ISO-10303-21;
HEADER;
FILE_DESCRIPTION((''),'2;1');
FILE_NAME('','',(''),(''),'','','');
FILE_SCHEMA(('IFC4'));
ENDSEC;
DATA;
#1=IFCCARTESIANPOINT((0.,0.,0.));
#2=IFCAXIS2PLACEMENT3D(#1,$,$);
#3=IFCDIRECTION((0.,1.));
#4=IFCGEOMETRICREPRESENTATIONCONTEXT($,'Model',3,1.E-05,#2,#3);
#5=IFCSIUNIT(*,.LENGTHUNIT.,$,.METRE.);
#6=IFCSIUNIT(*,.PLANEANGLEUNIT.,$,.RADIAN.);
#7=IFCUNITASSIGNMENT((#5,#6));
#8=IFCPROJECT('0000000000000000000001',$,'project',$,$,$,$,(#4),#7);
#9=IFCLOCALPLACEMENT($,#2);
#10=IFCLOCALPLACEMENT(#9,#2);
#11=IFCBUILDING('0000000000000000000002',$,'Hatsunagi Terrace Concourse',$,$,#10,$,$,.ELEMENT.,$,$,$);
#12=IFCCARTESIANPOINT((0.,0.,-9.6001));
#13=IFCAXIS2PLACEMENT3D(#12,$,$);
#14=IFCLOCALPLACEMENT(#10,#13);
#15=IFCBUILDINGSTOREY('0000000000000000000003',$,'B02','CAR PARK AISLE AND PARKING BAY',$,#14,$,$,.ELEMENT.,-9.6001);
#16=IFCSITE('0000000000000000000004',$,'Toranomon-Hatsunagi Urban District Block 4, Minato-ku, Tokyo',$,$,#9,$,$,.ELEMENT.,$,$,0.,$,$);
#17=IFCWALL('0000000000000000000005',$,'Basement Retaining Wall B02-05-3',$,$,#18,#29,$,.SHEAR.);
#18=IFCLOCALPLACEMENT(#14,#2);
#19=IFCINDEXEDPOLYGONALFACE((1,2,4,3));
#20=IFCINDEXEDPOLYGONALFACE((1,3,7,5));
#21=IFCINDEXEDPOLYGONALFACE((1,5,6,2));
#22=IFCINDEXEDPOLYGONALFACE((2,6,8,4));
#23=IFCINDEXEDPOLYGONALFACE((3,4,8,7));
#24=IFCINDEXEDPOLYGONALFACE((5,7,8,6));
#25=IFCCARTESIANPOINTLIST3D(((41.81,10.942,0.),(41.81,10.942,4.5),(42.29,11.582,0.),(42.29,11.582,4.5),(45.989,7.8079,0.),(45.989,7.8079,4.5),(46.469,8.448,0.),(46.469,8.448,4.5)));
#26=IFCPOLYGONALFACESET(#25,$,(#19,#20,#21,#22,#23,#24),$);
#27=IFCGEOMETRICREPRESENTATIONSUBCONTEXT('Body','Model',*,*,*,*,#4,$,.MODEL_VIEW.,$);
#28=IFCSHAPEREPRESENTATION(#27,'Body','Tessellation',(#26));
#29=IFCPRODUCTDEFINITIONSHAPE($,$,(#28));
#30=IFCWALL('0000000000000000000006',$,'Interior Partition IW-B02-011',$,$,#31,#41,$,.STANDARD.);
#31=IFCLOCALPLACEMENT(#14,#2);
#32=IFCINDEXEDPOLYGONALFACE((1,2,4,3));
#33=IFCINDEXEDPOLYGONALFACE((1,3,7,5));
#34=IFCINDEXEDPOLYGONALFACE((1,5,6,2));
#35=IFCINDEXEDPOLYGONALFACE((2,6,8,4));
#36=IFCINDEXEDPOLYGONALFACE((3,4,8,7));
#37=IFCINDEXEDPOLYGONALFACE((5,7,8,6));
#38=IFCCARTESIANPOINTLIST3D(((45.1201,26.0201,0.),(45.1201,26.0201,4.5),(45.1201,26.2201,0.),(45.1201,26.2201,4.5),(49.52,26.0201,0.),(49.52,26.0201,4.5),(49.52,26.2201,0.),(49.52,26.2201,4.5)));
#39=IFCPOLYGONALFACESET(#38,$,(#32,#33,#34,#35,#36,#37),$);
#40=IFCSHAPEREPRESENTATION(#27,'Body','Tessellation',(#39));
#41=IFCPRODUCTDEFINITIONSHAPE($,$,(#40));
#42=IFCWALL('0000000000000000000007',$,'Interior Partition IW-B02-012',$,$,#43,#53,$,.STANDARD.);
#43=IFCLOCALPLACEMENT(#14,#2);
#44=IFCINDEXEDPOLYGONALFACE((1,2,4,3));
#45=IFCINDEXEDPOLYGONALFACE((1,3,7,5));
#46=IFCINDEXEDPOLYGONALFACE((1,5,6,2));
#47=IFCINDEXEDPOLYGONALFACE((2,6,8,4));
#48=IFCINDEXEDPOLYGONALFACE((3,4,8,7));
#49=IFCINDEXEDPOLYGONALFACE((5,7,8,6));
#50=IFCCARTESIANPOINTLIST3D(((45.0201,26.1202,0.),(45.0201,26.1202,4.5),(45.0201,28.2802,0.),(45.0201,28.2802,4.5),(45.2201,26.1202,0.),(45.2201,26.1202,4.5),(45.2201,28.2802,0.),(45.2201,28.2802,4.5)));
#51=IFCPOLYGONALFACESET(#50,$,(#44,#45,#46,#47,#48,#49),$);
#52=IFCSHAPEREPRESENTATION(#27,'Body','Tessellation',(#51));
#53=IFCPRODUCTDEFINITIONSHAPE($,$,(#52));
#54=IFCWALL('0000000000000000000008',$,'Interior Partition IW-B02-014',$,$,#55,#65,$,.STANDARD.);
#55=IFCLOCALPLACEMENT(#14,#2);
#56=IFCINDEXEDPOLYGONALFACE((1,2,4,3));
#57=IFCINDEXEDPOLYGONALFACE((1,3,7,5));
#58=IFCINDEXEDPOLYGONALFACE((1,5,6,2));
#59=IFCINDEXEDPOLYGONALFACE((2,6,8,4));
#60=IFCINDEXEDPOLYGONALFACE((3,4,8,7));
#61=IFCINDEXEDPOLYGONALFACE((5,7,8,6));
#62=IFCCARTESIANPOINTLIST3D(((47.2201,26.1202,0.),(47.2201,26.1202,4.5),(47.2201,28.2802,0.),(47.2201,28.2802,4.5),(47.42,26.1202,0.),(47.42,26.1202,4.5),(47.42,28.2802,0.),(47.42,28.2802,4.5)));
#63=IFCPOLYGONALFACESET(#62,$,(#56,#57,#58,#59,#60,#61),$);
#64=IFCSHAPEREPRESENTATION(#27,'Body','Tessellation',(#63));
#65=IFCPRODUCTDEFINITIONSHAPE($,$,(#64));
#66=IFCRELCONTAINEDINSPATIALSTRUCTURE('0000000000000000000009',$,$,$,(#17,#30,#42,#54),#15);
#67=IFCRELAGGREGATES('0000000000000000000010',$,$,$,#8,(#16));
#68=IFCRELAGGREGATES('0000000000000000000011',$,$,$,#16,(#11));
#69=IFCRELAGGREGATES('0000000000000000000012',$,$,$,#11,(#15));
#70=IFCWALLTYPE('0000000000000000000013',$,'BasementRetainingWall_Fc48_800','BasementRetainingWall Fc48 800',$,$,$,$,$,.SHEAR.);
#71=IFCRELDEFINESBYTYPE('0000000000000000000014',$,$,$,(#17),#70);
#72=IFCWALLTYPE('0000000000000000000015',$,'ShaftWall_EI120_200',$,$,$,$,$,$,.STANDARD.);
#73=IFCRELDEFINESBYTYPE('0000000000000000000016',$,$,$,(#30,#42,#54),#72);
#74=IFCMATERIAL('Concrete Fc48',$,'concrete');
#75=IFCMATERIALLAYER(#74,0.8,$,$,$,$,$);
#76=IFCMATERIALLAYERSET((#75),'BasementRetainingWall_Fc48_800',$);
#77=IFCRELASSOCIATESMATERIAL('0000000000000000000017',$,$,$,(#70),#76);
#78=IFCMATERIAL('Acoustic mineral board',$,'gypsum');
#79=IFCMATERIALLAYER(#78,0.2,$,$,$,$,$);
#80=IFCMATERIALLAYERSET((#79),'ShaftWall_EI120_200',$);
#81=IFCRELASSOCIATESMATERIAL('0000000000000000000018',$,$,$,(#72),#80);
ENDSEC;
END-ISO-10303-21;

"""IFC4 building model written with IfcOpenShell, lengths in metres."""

from ifc_helpers import new_model, si_unit, direction, frame, frame_2d, origin, place, context, subcontext, project, spatial, rectangle, extrude, material, layer, layer_set, type_object, element, save


model = new_model("IFC4")

# Units and contexts
model_context = context("Model", 3, precision=1e-05, world=origin(), true_north=direction((0.0, 1.0)))
body_context = subcontext(model_context, "Body", "Model", "MODEL_VIEW")
ifc_project = project(units=[si_unit("LENGTHUNIT", "METRE"), si_unit("PLANEANGLEUNIT", "RADIAN")], contexts=[model_context])

# Site, building, storey
site_placement = place(None, origin())
site = spatial("IfcSite", under=ifc_project, at=site_placement, Name="Toranomon-Hatsunagi Urban District Block 4, Minato-ku, Tokyo", CompositionType="ELEMENT", RefElevation=0.0)
building_placement = place(site_placement, origin())
building = spatial("IfcBuilding", under=site, at=building_placement, Name="Hatsunagi Terrace Concourse", CompositionType="ELEMENT")
storey_placement = place(building_placement, frame((0.0, 0.0, -9.6001)))
storey = spatial("IfcBuildingStorey", under=building, at=storey_placement, Name="B02", Description="CAR PARK AISLE AND PARKING BAY", CompositionType="ELEMENT", Elevation=-9.6001)

# Walls
ifc_material_1 = material(Name="Concrete Fc48", Category="concrete")
ifc_layer_1 = layer(ifc_material_1, 0.8)
ifc_layer_set_1 = layer_set([ifc_layer_1], Name="BasementRetainingWall_Fc48_800")
wall_type_1 = type_object("IfcWallType", Name="BasementRetainingWall_Fc48_800", Description="BasementRetainingWall Fc48 800", PredefinedType="SHEAR", material=ifc_layer_set_1)
wall_1_placement = place(storey_placement, frame((46.229, 8.1279, 0.0), z_axis=(0.0, 0.0, 1.0), x_axis=(-0.800017, 0.599978, 0.0)))
element("IfcWall", 1, at=wall_1_placement, inside=storey, type_object=wall_type_1, Name="Basement Retaining Wall B02-05-3", PredefinedType="SHEAR", context=body_context, shape_type="SweptSolid", body=[
    extrude(rectangle(XDim=5.2236, YDim=0.8, at=frame_2d((2.6118, 0.0))), origin(), (0.0, 0.0, 1.0), 4.5),
])
ifc_material_2 = material(Name="Acoustic mineral board", Category="gypsum")
ifc_layer_2 = layer(ifc_material_2, 0.2)
ifc_layer_set_2 = layer_set([ifc_layer_2], Name="ShaftWall_EI120_200")
wall_type_2 = type_object("IfcWallType", Name="ShaftWall_EI120_200", PredefinedType="STANDARD", material=ifc_layer_set_2)
wall_2_placement = place(storey_placement, frame((45.1201, 26.1201, 0.0), z_axis=(0.0, 0.0, 1.0), x_axis=(1.0, 0.0, 0.0)))
element("IfcWall", 2, at=wall_2_placement, inside=storey, type_object=wall_type_2, Name="Interior Partition IW-B02-011", PredefinedType="STANDARD", context=body_context, shape_type="SweptSolid", body=[
    extrude(rectangle(XDim=4.3999, YDim=0.2, at=frame_2d((2.2, 0.0))), origin(), (0.0, 0.0, 1.0), 4.5),
])
for number, where, z_axis, x_axis, name in (
    (3, (45.1201, 26.1201, 0.0), (0.0, 0.0, 1.0), (0.0, 1.0, 0.0), "Interior Partition IW-B02-012"),
    (4, (47.3201, 26.1201, 0.0), (0.0, 0.0, 1.0), (0.0, 1.0, 0.0), "Interior Partition IW-B02-014"),
):
    element("IfcWall", number, at=place(storey_placement, frame(where, z_axis=z_axis, x_axis=x_axis)), inside=storey, type_object=wall_type_2, Name=name, PredefinedType="STANDARD", context=body_context, shape_type="SweptSolid", body=[
        extrude(rectangle(XDim=2.1599, YDim=0.2, at=frame_2d((1.0801, 0.0))), origin(), (0.0, 0.0, 1.0), 4.5),
    ])

save(model, "model.ifc")
